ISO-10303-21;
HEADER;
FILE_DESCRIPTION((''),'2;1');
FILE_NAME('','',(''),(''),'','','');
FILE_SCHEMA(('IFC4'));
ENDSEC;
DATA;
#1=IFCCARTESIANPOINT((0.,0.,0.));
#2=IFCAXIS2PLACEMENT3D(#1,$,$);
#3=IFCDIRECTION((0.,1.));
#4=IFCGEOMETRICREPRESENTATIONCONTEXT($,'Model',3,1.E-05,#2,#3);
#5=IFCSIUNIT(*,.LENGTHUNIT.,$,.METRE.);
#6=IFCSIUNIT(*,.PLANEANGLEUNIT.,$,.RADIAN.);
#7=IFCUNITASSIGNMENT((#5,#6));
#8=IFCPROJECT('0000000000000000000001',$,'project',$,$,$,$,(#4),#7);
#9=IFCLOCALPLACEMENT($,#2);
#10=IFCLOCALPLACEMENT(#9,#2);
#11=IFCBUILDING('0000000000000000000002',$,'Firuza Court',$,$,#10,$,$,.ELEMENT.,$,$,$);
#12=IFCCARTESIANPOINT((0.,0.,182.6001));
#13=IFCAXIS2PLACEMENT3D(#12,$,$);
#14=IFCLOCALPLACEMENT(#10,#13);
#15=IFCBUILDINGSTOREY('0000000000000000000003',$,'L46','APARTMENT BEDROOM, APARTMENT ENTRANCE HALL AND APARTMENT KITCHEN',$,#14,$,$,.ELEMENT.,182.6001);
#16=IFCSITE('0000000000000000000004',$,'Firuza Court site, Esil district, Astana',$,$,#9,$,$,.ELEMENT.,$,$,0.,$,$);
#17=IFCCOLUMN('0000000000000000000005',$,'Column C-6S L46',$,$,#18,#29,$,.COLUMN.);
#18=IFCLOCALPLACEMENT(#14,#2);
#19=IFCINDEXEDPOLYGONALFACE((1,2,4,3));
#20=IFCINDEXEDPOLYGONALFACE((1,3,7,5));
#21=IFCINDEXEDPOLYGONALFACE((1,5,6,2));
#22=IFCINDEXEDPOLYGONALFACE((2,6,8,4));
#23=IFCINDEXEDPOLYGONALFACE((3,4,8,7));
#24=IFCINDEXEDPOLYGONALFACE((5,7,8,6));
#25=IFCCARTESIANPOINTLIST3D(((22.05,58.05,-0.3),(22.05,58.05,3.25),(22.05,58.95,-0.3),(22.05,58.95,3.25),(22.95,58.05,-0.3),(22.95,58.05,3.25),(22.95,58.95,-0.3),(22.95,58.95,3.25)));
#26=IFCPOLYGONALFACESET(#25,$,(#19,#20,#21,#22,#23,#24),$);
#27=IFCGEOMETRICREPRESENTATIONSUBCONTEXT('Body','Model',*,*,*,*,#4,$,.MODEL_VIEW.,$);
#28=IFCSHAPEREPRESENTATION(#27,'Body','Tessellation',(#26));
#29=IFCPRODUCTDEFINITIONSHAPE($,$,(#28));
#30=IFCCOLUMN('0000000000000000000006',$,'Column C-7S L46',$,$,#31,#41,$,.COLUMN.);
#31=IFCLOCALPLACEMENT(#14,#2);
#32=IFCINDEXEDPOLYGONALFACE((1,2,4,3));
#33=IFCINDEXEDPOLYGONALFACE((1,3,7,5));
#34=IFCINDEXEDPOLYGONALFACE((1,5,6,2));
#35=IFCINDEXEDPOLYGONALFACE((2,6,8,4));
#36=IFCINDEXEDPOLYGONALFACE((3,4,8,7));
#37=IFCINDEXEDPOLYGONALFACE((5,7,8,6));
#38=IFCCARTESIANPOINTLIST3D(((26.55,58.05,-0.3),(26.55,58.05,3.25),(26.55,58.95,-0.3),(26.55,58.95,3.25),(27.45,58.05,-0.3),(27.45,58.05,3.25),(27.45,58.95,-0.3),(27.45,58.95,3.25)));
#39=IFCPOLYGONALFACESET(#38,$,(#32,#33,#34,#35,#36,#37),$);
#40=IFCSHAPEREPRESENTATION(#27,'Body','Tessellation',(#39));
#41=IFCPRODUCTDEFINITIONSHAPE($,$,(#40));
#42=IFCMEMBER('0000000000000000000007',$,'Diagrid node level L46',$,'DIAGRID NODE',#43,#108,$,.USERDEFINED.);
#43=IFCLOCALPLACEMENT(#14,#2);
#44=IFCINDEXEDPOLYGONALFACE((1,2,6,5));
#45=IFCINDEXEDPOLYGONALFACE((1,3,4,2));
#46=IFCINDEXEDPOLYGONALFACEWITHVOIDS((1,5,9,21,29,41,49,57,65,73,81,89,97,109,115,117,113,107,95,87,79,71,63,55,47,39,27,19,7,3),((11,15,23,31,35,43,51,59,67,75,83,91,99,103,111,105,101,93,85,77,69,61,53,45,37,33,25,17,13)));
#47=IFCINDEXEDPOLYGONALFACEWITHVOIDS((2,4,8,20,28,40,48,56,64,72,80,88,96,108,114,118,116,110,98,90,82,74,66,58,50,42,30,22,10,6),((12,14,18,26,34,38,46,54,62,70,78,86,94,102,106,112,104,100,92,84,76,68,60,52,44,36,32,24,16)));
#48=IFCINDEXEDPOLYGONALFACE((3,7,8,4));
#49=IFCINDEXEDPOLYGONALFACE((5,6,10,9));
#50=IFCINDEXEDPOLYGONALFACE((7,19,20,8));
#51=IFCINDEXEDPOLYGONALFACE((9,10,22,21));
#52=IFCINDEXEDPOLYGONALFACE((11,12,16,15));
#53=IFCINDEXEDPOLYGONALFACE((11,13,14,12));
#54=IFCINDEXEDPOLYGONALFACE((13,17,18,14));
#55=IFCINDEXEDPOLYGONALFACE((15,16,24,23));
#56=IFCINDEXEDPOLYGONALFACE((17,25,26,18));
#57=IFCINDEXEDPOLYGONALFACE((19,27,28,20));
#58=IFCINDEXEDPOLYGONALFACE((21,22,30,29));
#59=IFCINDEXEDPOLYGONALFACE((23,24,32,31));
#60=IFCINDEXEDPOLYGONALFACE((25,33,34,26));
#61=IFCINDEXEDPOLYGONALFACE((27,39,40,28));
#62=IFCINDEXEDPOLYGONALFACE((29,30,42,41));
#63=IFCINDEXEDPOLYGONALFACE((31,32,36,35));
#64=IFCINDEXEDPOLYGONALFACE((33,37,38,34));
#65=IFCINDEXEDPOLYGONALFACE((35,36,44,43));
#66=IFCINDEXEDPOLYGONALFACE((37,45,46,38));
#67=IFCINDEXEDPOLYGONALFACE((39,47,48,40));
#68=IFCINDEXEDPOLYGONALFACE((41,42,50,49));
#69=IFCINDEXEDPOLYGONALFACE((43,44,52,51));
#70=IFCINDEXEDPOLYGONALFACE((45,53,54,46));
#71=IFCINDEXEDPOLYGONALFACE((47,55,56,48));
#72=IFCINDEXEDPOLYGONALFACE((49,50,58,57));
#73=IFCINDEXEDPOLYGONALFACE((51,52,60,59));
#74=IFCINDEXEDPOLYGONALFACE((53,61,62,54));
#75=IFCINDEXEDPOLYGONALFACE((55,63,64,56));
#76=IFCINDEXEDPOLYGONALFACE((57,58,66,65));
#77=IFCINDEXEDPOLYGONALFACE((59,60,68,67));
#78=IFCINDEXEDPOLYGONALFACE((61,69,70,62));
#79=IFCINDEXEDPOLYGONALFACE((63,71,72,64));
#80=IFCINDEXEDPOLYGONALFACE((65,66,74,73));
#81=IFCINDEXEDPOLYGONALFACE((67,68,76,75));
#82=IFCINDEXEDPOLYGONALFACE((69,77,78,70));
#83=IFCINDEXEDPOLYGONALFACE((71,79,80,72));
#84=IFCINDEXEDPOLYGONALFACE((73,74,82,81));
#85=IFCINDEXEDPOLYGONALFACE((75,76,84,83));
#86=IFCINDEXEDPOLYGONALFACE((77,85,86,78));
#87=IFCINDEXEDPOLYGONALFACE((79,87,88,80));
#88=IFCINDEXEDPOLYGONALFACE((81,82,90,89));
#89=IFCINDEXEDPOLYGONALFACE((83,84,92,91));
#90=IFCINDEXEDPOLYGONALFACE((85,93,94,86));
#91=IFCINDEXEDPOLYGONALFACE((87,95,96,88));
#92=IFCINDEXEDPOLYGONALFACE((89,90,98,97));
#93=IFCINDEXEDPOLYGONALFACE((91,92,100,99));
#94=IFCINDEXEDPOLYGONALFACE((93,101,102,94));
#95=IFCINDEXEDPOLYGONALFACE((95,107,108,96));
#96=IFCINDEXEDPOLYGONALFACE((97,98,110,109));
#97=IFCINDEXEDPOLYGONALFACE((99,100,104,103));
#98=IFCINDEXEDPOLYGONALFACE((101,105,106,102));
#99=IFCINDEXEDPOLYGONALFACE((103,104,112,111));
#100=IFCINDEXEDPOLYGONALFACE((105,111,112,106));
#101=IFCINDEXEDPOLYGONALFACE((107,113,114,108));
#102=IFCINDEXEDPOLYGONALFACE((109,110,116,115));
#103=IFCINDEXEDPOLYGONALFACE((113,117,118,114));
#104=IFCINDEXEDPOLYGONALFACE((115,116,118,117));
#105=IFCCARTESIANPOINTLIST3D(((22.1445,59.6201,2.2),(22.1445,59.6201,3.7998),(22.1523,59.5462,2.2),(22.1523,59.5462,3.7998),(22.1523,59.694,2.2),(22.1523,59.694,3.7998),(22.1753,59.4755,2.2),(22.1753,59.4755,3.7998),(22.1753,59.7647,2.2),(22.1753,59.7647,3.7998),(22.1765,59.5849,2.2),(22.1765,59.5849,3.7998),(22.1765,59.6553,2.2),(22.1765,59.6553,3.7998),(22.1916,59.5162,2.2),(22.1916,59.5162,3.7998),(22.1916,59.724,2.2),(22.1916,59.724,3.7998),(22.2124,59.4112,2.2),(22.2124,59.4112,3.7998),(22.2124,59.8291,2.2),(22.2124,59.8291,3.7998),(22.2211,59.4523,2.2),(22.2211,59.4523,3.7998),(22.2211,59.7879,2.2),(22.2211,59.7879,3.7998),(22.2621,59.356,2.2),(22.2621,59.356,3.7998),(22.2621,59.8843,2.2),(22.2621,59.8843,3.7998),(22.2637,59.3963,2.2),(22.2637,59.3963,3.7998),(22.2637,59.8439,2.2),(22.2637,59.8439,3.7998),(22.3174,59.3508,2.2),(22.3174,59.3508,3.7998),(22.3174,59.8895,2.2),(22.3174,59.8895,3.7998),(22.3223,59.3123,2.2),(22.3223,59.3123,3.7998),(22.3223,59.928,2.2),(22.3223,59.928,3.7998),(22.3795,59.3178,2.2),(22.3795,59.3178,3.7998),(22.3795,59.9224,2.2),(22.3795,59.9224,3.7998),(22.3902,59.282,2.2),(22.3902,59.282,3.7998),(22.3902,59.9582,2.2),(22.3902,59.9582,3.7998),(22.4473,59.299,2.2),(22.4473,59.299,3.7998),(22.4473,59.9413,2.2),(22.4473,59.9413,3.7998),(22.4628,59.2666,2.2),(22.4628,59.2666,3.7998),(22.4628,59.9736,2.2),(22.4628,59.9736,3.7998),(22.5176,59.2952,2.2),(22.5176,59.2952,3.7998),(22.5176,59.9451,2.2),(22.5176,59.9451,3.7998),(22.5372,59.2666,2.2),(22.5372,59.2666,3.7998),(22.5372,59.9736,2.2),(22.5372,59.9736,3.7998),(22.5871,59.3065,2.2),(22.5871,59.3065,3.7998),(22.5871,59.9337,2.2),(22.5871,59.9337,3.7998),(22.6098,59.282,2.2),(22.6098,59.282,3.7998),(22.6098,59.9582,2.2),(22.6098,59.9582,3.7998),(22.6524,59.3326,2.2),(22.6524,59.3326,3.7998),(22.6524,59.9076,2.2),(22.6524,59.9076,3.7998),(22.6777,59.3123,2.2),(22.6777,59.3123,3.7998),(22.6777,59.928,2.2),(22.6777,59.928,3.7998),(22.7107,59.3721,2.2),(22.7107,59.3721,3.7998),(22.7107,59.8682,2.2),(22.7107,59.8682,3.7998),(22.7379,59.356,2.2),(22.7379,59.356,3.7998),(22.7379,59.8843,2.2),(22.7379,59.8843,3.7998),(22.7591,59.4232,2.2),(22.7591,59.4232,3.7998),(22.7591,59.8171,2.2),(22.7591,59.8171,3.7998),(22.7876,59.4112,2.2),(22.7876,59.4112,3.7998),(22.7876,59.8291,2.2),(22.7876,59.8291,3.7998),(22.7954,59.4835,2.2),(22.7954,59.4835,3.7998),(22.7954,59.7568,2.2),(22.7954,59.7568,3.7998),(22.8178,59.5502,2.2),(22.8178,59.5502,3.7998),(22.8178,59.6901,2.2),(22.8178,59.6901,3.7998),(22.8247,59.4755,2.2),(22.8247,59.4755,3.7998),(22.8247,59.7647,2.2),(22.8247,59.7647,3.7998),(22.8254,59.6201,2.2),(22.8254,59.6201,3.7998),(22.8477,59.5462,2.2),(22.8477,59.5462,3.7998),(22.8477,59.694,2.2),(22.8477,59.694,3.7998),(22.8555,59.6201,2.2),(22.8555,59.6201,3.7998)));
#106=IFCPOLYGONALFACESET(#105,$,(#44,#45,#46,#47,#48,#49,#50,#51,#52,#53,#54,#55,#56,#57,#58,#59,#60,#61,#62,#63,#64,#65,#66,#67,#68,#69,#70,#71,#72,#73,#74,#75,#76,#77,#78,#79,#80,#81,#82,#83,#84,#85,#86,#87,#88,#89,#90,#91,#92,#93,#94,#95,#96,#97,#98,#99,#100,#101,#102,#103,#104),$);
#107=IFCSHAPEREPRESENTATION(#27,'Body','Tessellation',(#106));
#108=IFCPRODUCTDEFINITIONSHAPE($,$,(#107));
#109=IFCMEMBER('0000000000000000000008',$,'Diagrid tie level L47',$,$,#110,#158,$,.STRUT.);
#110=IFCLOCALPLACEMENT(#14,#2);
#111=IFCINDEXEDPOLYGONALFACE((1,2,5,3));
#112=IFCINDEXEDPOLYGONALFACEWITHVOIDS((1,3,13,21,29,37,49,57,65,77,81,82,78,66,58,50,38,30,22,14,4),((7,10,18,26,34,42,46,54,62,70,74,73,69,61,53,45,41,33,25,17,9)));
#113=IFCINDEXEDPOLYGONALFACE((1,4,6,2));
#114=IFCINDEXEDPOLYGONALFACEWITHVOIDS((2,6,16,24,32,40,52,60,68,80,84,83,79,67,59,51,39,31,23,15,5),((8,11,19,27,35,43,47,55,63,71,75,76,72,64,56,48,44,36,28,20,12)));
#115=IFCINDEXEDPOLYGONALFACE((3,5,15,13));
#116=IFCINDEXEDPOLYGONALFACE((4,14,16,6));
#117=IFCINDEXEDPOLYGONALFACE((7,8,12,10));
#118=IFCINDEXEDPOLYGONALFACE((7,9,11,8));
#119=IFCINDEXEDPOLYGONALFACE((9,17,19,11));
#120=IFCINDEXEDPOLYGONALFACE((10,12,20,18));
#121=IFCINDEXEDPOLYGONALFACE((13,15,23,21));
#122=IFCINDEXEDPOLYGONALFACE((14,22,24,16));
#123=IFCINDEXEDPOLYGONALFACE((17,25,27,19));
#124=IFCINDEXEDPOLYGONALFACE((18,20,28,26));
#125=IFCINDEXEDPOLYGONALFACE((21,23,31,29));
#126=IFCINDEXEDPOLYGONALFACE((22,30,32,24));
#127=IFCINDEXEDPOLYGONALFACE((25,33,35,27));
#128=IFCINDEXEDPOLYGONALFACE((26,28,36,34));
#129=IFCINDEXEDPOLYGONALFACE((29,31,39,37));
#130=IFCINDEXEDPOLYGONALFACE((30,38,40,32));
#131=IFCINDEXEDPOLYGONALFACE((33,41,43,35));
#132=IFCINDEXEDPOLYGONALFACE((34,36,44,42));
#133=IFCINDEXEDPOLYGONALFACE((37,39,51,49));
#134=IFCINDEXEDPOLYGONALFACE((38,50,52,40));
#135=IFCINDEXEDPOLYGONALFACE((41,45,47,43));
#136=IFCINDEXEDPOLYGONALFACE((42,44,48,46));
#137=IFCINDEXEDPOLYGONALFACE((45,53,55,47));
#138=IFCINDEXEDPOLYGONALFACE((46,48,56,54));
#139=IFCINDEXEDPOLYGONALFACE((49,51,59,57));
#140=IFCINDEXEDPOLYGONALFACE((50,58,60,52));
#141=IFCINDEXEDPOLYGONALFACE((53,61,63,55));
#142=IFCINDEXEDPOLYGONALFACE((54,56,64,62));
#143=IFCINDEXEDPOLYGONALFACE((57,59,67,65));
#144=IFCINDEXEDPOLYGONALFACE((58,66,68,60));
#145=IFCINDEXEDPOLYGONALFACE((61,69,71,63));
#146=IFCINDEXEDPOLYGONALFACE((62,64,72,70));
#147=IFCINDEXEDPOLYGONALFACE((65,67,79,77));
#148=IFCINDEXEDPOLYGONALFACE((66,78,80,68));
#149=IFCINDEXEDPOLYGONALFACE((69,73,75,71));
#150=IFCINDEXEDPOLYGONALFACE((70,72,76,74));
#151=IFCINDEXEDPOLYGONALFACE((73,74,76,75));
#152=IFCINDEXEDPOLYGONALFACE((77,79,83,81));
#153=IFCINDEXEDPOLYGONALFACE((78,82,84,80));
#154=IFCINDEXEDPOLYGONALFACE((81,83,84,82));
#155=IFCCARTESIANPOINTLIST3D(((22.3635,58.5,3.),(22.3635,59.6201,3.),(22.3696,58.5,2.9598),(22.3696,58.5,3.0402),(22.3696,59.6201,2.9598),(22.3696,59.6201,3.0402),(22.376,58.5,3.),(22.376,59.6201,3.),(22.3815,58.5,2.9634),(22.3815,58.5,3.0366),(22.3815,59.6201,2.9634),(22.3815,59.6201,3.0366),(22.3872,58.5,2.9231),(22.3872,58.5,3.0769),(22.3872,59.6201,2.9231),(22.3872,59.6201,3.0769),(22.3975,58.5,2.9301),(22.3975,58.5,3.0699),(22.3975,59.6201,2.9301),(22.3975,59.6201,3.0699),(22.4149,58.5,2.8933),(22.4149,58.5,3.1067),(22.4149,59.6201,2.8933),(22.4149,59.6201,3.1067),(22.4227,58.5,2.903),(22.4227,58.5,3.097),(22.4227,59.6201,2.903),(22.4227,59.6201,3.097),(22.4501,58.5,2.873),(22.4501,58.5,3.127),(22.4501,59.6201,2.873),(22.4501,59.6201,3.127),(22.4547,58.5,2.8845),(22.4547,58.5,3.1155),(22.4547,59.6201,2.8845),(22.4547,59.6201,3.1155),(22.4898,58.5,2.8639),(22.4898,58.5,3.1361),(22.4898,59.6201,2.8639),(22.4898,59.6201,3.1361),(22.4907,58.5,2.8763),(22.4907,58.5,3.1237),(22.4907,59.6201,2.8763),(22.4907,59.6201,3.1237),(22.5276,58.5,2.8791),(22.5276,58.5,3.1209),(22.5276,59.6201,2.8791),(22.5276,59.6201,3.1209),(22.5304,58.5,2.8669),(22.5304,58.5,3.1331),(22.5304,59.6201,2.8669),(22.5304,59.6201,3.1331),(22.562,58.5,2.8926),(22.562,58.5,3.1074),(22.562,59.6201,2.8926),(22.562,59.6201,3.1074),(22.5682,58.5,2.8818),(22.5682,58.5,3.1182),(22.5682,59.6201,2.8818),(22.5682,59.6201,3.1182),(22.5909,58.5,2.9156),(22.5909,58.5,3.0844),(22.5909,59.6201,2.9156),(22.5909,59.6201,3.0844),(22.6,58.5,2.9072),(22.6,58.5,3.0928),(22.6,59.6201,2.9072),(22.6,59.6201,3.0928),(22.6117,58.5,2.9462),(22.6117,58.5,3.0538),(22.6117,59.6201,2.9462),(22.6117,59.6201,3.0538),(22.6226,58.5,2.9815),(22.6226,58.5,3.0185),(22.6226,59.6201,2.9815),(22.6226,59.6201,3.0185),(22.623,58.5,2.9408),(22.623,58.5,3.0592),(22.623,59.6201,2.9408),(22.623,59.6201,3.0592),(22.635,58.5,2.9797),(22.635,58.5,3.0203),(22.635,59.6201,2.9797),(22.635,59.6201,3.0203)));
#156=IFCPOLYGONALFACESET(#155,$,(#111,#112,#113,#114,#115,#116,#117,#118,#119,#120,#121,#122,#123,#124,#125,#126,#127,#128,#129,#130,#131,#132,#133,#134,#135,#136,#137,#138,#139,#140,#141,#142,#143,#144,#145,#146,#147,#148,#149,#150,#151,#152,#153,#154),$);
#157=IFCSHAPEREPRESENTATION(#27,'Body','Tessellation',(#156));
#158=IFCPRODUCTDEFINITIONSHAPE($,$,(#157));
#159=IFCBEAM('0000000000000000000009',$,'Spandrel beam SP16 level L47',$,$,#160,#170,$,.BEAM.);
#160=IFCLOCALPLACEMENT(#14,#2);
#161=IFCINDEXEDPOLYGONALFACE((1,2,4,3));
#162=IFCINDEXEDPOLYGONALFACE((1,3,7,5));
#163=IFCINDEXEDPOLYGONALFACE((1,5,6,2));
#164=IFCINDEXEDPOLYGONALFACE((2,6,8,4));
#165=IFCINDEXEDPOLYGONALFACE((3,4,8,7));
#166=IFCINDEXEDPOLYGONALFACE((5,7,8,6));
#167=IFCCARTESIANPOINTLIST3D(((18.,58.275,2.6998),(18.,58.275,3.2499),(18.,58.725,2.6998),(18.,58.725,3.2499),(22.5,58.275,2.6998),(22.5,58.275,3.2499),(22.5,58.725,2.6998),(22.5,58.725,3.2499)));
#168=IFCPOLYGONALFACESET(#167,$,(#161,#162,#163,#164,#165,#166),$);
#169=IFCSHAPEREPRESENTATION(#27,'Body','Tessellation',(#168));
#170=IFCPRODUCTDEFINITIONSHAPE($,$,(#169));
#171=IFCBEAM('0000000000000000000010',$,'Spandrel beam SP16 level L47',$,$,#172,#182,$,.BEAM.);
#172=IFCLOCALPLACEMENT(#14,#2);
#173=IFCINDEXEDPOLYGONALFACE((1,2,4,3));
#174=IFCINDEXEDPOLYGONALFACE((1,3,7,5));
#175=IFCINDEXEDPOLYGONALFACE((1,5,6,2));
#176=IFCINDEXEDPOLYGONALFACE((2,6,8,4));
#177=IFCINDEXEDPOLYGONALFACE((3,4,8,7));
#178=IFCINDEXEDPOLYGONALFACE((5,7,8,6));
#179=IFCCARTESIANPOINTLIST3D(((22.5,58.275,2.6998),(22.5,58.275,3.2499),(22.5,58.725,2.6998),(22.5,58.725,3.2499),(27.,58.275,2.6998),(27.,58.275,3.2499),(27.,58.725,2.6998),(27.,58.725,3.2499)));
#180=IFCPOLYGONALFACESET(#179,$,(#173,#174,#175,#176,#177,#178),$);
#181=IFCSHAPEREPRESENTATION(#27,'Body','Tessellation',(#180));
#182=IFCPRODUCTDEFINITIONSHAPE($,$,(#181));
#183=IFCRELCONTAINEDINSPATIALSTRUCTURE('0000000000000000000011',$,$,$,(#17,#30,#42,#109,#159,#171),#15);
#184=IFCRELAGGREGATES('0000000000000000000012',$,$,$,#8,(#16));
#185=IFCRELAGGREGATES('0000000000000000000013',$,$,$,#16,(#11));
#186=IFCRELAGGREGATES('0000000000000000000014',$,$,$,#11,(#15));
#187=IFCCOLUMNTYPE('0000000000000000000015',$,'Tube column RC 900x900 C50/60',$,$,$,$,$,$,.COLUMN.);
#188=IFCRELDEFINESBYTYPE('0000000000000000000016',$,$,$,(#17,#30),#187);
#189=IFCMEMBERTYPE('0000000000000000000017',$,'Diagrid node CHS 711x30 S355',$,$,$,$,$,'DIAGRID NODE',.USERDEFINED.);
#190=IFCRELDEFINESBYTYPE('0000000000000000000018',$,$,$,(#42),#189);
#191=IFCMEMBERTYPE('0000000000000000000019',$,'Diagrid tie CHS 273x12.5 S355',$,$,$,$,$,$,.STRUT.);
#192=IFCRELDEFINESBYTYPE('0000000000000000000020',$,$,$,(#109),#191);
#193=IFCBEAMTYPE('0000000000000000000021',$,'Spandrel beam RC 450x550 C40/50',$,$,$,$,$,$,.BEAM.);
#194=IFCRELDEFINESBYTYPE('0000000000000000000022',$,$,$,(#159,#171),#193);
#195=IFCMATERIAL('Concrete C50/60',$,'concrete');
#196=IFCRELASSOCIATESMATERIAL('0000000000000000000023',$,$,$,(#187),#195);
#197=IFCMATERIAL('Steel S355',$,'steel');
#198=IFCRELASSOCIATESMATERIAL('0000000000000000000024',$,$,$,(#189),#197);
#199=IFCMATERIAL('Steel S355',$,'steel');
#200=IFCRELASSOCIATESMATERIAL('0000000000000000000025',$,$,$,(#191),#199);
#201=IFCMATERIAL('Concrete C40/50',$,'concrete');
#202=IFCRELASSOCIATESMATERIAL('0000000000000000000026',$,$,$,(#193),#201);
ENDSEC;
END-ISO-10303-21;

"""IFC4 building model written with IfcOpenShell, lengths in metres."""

from ifc_helpers import new_model, si_unit, direction, frame, origin, origin_2d, place, context, subcontext, project, spatial, rectangle, hollow_circle, extrude, material, material_profile, profile_set, type_object, element, save


model = new_model("IFC4")

# Units and contexts
model_context = context("Model", 3, precision=1e-05, world=origin(), true_north=direction((0.0, 1.0)))
body_context = subcontext(model_context, "Body", "Model", "MODEL_VIEW")
ifc_project = project(units=[si_unit("LENGTHUNIT", "METRE"), si_unit("PLANEANGLEUNIT", "RADIAN")], contexts=[model_context])

# Site, building, storey
site_placement = place(None, origin())
site = spatial("IfcSite", under=ifc_project, at=site_placement, Name="Firuza Court site, Esil district, Astana", CompositionType="ELEMENT", RefElevation=0.0)
building_placement = place(site_placement, origin())
building = spatial("IfcBuilding", under=site, at=building_placement, Name="Firuza Court", CompositionType="ELEMENT")
storey_placement = place(building_placement, frame((0.0, 0.0, 182.6001)))
storey = spatial("IfcBuildingStorey", under=building, at=storey_placement, Name="L46", Description="APARTMENT BEDROOM, APARTMENT ENTRANCE HALL AND APARTMENT KITCHEN", CompositionType="ELEMENT", Elevation=182.6001)

# Columns
ifc_material_1 = material(Name="Concrete C50/60", Category="concrete")
ifc_material_profile_1 = material_profile(ifc_material_1, rectangle(XDim=0.8999, YDim=0.8999, at=origin_2d()), Name="RC 900x900")
ifc_profile_set_1 = profile_set([ifc_material_profile_1], Name="Concrete C50/60")
column_type = type_object("IfcColumnType", Name="Tube column RC 900x900 C50/60", PredefinedType="COLUMN", material=ifc_profile_set_1)
for number, where, z_axis, x_axis, name in (
    (1, (22.5, 58.5, -0.3), (0.0, 0.0, 1.0), (1.0, 0.0, 0.0), "Column C-6S L46"),
    (2, (27.0, 58.5, -0.3), (0.0, 0.0, 1.0), (1.0, 0.0, 0.0), "Column C-7S L46"),
):
    element("IfcColumn", number, at=place(storey_placement, frame(where, z_axis=z_axis, x_axis=x_axis)), inside=storey, type_object=column_type, Name=name, PredefinedType="COLUMN", context=body_context, shape_type="SweptSolid", body=[
        extrude(rectangle(XDim=0.8999, YDim=0.8999, at=origin_2d()), origin(), (0.0, 0.0, 1.0), 3.55),
    ])

# Members
ifc_material_2 = material(Name="Steel S355", Category="steel")
ifc_material_profile_2 = material_profile(ifc_material_2, hollow_circle(Radius=0.3555, WallThickness=0.03, at=origin_2d()), Name="CHS 711x30")
ifc_profile_set_2 = profile_set([ifc_material_profile_2], Name="Steel S355")
member_type_1 = type_object("IfcMemberType", Name="Diagrid node CHS 711x30 S355", ElementType="DIAGRID NODE", PredefinedType="USERDEFINED", material=ifc_profile_set_2)
member_1_placement = place(storey_placement, frame((22.5, 59.6201, 2.2), z_axis=(0.0, 0.0, 1.0), x_axis=(1.0, 0.0, 0.0)))
element("IfcMember", 3, at=member_1_placement, inside=storey, type_object=member_type_1, Name="Diagrid node level L46", ObjectType="DIAGRID NODE", PredefinedType="USERDEFINED", context=body_context, shape_type="SweptSolid", body=[
    extrude(hollow_circle(Radius=0.3555, WallThickness=0.03, at=origin_2d()), origin(), (0.0, 0.0, 1.0), 1.5999),
])
ifc_material_3 = material(Name="Steel S355", Category="steel")
ifc_material_profile_3 = material_profile(ifc_material_3, hollow_circle(Radius=0.1365, WallThickness=0.0125, at=origin_2d()), Name="CHS 273x12.5")
ifc_profile_set_3 = profile_set([ifc_material_profile_3], Name="Steel S355")
member_type_2 = type_object("IfcMemberType", Name="Diagrid tie CHS 273x12.5 S355", PredefinedType="STRUT", material=ifc_profile_set_3)
member_2_placement = place(storey_placement, frame((22.5, 58.5, 3.0), z_axis=(0.0, 1.0, 0.0), x_axis=(-1.0, 0.0, 0.0)))
element("IfcMember", 4, at=member_2_placement, inside=storey, type_object=member_type_2, Name="Diagrid tie level L47", PredefinedType="STRUT", context=body_context, shape_type="SweptSolid", body=[
    extrude(hollow_circle(Radius=0.1365, WallThickness=0.0125, at=origin_2d()), origin(), (0.0, 0.0, 1.0), 1.1201),
])

# Beams
ifc_material_4 = material(Name="Concrete C40/50", Category="concrete")
ifc_material_profile_4 = material_profile(ifc_material_4, rectangle(XDim=0.45, YDim=0.55, at=origin_2d()), Name="RC 450x550")
ifc_profile_set_4 = profile_set([ifc_material_profile_4], Name="Concrete C40/50")
beam_type = type_object("IfcBeamType", Name="Spandrel beam RC 450x550 C40/50", PredefinedType="BEAM", material=ifc_profile_set_4)
for number, where, z_axis, x_axis, name in (
    (5, (22.5, 58.5, 2.9749), (-1.0, 0.0, 0.0), (0.0, -1.0, 0.0), "Spandrel beam SP16 level L47"),
    (6, (27.0, 58.5, 2.9749), (-1.0, 0.0, 0.0), (0.0, -1.0, 0.0), "Spandrel beam SP16 level L47"),
):
    element("IfcBeam", number, at=place(storey_placement, frame(where, z_axis=z_axis, x_axis=x_axis)), inside=storey, type_object=beam_type, Name=name, PredefinedType="BEAM", context=body_context, shape_type="SweptSolid", body=[
        extrude(rectangle(XDim=0.45, YDim=0.55, at=origin_2d()), origin(), (0.0, 0.0, 1.0), 4.5),
    ])

save(model, "model.ifc")
